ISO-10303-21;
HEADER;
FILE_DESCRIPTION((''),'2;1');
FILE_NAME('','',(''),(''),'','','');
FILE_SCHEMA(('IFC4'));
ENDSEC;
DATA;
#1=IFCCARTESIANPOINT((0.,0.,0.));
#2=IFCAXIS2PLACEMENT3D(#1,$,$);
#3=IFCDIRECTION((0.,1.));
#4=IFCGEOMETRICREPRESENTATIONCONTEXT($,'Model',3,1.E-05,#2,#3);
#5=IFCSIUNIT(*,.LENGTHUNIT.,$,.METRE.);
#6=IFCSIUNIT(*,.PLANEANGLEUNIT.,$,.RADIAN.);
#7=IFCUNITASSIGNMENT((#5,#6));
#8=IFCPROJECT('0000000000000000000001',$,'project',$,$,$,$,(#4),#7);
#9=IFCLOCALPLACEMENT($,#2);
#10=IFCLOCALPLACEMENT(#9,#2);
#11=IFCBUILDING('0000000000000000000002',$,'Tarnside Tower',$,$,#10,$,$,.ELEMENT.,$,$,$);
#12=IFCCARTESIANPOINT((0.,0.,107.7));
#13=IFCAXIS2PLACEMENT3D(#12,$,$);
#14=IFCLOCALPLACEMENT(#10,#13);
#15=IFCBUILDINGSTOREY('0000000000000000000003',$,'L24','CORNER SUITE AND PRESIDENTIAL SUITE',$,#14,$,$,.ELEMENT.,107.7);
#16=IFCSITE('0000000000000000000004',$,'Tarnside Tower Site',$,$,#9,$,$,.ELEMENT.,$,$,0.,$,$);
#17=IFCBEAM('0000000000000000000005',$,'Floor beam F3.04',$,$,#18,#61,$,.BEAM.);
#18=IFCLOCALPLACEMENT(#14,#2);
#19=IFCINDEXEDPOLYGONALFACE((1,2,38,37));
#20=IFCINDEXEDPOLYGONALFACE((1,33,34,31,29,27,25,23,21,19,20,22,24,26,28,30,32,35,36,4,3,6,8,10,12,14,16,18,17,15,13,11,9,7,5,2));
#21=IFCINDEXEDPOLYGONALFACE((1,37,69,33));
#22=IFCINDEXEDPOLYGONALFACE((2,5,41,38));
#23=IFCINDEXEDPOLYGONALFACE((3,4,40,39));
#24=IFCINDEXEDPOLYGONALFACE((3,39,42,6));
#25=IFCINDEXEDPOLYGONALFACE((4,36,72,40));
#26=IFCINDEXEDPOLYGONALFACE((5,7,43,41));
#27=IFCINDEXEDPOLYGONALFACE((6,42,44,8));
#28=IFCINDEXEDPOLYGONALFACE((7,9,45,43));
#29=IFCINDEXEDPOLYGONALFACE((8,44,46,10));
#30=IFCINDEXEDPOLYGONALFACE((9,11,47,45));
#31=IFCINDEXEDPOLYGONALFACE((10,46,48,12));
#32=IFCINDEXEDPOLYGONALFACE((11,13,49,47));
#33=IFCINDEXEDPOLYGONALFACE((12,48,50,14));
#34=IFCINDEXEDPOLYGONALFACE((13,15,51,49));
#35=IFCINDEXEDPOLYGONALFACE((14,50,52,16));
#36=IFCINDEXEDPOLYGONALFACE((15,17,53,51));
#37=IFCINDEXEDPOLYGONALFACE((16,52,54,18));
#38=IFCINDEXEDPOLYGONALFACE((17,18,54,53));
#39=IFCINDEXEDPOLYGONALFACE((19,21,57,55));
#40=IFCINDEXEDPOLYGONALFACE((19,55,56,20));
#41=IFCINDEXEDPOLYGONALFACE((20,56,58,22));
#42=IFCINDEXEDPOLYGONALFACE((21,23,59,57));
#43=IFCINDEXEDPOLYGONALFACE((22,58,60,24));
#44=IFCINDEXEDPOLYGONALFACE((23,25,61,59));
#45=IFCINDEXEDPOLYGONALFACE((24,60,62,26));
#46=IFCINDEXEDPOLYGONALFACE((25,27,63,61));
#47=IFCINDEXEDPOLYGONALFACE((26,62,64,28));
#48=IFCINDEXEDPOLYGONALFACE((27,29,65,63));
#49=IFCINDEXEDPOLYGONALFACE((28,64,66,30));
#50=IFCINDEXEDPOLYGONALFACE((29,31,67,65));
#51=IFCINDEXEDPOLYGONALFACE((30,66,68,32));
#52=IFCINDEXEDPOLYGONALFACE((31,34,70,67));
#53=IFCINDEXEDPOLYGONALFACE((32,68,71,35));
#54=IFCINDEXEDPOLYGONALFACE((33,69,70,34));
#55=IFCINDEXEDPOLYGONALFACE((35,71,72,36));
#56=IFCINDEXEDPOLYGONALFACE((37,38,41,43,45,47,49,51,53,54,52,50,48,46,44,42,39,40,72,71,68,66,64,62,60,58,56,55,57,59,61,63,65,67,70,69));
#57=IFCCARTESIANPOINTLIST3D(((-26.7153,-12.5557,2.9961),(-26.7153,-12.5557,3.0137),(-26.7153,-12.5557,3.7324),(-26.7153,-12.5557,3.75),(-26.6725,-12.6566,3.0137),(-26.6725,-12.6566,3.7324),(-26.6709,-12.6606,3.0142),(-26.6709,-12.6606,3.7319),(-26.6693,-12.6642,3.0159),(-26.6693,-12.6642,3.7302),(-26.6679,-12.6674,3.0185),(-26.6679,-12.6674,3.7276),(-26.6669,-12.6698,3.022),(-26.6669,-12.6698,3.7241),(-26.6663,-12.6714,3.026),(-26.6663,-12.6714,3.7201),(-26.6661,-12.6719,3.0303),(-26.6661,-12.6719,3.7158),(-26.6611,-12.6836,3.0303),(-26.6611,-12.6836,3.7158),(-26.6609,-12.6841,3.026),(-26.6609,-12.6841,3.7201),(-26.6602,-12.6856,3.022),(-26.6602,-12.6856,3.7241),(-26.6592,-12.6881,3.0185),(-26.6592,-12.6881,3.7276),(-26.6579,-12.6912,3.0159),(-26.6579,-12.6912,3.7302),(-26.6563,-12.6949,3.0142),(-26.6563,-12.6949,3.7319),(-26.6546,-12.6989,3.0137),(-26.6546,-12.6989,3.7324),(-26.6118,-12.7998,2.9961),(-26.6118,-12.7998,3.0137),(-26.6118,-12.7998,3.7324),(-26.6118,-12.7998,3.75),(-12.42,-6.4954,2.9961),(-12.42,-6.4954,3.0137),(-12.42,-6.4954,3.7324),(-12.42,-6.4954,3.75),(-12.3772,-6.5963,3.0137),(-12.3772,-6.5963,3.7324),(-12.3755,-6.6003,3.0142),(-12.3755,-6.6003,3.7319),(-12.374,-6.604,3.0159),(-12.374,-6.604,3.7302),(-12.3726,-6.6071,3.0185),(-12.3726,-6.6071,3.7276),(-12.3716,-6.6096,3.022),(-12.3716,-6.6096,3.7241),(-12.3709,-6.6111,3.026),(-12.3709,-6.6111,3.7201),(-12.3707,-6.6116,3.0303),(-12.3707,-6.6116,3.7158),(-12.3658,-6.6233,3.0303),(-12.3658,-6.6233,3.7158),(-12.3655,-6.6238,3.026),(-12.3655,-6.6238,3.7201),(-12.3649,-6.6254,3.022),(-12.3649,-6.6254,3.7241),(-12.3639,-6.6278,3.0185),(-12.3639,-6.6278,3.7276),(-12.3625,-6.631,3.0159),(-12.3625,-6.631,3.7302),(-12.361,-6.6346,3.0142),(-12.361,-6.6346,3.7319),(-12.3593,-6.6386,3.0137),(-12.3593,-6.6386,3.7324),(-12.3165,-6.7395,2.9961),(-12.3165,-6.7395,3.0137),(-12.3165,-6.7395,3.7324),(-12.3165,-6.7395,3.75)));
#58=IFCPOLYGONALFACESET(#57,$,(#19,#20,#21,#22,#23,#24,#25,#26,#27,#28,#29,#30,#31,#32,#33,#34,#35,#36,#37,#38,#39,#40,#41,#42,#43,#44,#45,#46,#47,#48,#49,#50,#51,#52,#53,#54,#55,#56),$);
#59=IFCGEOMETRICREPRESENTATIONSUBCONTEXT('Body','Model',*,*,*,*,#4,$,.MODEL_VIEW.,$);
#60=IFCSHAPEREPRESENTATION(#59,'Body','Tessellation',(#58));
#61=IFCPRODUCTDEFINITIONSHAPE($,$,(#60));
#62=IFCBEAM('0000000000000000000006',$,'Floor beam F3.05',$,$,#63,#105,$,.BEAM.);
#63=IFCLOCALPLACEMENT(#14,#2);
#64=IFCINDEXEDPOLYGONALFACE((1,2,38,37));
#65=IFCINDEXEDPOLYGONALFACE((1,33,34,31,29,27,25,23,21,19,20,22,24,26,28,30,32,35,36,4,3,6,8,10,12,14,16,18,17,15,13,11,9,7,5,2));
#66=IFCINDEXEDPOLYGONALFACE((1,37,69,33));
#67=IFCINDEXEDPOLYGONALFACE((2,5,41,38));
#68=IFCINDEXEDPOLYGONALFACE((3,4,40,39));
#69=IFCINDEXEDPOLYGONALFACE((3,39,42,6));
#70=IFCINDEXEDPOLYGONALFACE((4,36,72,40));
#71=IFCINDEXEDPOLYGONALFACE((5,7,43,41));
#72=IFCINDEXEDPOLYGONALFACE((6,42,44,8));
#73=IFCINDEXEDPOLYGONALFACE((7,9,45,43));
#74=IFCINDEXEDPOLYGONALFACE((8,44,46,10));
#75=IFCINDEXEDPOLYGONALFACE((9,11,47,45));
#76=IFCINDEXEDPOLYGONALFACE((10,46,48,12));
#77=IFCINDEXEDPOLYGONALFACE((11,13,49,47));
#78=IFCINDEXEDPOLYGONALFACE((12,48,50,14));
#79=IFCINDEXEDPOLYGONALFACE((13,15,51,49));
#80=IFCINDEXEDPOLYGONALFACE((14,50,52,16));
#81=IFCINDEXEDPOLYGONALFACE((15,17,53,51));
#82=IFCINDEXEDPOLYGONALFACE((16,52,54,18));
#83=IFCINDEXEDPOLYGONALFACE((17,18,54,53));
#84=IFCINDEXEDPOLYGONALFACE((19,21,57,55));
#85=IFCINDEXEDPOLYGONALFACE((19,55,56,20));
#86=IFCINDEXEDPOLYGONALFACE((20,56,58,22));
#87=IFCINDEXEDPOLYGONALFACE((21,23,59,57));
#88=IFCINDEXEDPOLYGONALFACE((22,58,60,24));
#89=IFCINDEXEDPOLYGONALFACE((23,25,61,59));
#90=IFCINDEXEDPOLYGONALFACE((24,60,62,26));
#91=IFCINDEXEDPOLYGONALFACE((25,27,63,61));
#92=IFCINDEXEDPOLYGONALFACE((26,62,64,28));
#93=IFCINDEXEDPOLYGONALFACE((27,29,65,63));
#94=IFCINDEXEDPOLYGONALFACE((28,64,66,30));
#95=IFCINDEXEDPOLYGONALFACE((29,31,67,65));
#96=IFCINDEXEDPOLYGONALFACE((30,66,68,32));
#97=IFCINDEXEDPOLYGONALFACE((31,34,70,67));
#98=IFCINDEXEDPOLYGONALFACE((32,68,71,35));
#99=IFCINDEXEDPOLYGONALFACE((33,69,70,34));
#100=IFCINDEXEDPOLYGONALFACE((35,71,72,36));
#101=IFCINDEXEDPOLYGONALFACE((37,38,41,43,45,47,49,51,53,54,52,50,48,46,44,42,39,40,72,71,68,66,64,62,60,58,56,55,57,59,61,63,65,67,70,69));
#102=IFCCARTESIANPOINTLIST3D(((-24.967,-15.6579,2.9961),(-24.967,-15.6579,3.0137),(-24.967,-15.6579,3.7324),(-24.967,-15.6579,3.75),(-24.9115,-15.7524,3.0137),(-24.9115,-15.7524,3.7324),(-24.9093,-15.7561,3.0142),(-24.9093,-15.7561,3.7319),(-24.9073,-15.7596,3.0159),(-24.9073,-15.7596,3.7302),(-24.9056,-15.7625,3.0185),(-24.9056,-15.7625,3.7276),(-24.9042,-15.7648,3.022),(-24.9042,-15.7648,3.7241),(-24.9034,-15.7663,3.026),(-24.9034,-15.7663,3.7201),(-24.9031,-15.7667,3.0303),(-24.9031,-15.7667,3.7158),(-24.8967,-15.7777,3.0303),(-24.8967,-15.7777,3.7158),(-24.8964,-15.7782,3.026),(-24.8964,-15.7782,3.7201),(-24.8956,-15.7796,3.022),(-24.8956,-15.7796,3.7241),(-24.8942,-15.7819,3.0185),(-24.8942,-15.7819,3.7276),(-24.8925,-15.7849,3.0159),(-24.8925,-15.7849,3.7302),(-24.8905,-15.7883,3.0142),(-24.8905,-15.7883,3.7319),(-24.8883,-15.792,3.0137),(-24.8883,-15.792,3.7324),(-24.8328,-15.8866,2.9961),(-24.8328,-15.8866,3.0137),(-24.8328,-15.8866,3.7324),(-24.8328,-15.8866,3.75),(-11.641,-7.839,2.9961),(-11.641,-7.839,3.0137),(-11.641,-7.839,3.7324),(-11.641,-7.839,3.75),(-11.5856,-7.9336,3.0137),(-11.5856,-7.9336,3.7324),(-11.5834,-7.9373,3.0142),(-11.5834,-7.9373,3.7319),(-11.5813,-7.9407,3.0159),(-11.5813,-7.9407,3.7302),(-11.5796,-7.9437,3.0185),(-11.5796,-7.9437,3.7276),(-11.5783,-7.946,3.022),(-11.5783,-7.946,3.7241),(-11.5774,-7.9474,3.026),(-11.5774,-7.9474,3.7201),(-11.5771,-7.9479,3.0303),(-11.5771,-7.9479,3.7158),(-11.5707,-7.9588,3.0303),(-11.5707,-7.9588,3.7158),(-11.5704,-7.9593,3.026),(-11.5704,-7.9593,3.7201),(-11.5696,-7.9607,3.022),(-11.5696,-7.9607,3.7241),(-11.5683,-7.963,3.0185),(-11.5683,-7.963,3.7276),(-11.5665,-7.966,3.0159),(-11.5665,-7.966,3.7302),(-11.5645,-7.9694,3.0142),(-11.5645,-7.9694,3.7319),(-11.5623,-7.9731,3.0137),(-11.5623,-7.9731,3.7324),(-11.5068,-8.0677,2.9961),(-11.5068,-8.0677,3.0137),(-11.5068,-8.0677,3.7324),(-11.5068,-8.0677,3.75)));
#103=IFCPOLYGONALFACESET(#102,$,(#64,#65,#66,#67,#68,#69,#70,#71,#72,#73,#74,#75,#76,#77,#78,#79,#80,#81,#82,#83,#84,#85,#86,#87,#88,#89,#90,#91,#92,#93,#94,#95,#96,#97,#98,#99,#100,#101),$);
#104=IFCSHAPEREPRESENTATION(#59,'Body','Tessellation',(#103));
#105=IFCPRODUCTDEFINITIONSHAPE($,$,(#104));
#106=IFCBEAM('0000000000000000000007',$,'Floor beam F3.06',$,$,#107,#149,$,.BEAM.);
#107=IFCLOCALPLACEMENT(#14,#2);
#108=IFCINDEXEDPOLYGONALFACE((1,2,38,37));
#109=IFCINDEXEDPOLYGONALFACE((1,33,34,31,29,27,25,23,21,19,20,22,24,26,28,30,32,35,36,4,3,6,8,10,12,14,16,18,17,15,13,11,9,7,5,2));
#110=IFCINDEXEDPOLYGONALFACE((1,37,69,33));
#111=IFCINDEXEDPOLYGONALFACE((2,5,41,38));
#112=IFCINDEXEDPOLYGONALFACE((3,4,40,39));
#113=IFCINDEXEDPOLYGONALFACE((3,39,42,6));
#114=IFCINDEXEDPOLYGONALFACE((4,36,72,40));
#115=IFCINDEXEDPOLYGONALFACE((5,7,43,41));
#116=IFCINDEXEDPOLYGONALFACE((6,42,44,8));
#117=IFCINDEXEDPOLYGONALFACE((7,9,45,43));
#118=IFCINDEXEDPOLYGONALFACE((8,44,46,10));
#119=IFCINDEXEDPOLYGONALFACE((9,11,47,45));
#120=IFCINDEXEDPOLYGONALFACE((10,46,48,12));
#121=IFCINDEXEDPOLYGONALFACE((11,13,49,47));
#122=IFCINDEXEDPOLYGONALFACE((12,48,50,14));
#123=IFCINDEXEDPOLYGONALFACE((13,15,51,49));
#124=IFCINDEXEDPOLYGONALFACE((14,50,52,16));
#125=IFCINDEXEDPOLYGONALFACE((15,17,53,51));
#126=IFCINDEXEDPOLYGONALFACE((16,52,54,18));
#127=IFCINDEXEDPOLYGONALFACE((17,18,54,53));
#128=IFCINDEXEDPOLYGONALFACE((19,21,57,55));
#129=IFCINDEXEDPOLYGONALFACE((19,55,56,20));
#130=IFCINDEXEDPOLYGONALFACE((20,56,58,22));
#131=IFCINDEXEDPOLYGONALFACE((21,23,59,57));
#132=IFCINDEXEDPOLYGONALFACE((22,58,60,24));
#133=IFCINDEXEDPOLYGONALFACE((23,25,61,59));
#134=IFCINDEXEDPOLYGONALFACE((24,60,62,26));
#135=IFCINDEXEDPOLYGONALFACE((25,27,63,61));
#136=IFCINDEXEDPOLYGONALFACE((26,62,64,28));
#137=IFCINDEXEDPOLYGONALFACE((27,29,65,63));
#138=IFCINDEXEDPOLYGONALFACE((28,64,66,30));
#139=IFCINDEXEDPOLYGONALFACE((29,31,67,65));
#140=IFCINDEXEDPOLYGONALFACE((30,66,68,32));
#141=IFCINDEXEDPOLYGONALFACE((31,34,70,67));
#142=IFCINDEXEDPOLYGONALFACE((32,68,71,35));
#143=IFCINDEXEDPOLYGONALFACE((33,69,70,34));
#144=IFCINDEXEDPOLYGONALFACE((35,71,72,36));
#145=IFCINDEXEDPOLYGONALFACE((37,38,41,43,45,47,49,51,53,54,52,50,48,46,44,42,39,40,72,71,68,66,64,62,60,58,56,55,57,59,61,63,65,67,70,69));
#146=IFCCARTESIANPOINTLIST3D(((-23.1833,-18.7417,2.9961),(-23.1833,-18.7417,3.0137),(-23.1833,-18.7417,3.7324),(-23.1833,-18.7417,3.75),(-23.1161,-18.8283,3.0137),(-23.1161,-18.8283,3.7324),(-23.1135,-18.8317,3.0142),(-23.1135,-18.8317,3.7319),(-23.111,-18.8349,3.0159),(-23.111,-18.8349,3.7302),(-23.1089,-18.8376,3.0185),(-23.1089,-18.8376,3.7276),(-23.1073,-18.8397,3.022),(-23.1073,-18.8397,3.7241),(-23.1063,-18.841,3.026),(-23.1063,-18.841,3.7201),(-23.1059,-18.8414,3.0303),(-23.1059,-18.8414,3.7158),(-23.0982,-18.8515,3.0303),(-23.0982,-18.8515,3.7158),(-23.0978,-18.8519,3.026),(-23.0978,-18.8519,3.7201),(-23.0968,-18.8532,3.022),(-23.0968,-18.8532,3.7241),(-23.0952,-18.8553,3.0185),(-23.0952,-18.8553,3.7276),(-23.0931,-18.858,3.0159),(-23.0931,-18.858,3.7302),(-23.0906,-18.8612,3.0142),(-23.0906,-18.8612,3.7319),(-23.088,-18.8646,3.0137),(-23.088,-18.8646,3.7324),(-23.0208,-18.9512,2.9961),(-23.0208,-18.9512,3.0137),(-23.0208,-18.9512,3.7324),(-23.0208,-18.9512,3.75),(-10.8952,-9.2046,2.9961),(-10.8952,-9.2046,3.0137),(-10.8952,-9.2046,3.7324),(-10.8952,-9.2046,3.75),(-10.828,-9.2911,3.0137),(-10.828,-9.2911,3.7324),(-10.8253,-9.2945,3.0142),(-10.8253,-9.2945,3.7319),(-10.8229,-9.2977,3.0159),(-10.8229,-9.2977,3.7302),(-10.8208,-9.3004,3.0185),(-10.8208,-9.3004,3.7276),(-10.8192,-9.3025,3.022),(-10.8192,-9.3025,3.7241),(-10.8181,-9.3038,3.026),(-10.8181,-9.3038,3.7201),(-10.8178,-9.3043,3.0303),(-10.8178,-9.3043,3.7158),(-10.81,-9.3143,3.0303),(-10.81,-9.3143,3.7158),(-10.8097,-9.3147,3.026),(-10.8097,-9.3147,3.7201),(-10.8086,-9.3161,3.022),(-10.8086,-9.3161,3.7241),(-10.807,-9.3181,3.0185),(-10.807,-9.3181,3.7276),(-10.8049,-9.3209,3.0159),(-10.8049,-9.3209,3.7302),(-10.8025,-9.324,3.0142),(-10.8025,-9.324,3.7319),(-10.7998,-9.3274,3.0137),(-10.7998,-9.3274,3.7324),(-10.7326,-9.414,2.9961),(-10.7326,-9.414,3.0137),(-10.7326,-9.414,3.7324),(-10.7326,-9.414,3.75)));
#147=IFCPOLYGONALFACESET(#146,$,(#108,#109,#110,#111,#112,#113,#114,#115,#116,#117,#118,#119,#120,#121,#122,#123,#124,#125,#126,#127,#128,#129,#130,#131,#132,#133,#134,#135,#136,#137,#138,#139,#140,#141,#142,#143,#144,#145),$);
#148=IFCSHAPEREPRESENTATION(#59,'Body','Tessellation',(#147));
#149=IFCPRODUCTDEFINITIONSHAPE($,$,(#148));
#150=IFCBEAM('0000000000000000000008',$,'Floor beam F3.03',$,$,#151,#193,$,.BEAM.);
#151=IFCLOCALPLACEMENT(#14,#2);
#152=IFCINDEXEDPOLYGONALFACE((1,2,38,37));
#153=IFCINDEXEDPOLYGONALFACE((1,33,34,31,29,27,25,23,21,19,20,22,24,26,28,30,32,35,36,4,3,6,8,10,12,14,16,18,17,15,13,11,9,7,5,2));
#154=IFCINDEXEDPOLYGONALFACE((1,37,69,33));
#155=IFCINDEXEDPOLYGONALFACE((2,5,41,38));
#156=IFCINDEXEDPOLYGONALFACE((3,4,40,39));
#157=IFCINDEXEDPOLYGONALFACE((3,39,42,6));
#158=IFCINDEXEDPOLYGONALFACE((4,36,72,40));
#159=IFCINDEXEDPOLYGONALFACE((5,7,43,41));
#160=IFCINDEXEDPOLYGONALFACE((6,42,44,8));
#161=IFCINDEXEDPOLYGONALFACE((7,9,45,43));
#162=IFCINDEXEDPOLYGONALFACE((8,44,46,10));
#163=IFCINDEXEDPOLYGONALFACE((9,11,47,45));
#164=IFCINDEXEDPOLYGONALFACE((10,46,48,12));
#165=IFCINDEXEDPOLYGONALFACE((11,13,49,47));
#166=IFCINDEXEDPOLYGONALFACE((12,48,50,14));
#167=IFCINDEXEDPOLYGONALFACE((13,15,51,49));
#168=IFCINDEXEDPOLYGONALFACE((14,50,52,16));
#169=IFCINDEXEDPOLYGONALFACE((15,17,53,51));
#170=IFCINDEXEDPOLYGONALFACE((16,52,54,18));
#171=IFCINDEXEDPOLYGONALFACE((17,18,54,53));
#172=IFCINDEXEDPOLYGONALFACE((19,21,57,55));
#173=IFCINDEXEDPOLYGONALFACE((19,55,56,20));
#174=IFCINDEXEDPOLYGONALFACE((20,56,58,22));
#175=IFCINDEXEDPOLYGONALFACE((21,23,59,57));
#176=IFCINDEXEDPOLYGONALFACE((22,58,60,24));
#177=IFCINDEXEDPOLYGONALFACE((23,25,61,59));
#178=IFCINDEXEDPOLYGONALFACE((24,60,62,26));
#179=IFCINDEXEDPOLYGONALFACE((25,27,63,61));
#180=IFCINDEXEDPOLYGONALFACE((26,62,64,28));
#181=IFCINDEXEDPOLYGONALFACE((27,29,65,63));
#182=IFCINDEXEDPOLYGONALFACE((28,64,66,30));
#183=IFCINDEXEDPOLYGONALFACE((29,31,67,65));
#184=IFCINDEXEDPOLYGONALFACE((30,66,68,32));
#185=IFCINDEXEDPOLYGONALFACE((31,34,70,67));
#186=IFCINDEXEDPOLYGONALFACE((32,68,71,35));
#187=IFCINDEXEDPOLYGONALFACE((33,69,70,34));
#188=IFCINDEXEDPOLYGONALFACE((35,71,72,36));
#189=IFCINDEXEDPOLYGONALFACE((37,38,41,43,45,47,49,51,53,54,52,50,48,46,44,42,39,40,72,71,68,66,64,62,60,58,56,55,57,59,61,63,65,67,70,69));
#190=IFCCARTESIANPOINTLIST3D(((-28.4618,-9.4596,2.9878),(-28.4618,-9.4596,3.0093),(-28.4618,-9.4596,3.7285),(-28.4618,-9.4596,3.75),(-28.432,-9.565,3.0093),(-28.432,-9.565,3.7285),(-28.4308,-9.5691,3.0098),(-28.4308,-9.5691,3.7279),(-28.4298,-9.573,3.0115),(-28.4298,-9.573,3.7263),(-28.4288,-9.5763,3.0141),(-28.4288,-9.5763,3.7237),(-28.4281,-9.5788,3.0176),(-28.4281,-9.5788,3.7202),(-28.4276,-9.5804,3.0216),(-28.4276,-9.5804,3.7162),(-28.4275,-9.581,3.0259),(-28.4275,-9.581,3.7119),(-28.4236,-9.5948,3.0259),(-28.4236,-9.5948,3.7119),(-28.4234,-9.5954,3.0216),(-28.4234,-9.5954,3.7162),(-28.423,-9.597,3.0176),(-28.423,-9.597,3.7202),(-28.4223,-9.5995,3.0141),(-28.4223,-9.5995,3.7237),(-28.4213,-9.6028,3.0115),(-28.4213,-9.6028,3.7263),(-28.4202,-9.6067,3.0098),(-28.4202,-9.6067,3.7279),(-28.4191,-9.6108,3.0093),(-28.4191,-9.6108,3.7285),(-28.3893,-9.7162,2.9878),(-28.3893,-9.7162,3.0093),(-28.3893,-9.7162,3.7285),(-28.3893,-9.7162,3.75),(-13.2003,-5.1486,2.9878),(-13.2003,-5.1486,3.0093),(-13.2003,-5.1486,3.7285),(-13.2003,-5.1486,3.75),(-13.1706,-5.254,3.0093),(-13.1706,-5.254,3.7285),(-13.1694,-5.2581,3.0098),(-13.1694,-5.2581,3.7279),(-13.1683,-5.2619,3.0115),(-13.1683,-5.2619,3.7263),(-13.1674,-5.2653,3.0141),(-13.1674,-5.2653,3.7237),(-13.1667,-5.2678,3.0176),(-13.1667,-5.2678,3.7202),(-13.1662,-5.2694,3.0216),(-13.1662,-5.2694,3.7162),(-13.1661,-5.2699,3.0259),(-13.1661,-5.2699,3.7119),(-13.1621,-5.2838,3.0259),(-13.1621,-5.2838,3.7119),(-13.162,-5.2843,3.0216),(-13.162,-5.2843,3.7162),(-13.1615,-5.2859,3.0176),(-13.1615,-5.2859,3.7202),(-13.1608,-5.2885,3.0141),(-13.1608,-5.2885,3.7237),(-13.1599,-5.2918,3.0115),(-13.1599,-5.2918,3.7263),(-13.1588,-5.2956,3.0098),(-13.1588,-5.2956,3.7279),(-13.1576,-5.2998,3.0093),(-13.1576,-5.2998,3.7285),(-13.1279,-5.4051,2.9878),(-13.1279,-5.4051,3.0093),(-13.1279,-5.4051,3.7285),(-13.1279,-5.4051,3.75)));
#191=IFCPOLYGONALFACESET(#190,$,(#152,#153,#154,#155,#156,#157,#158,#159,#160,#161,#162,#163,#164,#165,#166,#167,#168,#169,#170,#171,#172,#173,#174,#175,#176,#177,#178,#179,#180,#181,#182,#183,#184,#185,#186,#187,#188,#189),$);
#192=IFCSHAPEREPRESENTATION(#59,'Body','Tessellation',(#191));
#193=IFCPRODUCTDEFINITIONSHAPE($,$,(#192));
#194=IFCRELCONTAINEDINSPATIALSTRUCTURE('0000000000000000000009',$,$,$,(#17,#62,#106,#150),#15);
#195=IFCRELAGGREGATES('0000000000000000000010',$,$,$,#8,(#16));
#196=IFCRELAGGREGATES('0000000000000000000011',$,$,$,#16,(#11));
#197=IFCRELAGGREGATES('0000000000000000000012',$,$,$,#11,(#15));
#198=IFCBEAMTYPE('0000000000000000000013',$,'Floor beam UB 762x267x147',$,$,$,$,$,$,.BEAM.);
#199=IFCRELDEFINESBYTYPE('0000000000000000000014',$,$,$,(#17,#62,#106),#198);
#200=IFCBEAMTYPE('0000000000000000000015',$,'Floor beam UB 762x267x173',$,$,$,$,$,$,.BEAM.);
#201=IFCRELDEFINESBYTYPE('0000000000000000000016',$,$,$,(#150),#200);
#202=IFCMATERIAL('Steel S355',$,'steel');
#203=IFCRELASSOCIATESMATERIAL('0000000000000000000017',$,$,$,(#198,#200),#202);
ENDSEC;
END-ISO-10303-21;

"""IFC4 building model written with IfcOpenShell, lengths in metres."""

from ifc_helpers import new_model, si_unit, direction, frame, origin, origin_2d, place, context, subcontext, project, spatial, i_section, extrude, material, material_profile, profile_set, type_object, element, save


model = new_model("IFC4")

# Units and contexts
model_context = context("Model", 3, precision=1e-05, world=origin(), true_north=direction((0.0, 1.0)))
body_context = subcontext(model_context, "Body", "Model", "MODEL_VIEW")
ifc_project = project(units=[si_unit("LENGTHUNIT", "METRE"), si_unit("PLANEANGLEUNIT", "RADIAN")], contexts=[model_context])

# Site, building, storey
site_placement = place(None, origin())
site = spatial("IfcSite", under=ifc_project, at=site_placement, Name="Tarnside Tower Site", CompositionType="ELEMENT", RefElevation=0.0)
building_placement = place(site_placement, origin())
building = spatial("IfcBuilding", under=site, at=building_placement, Name="Tarnside Tower", CompositionType="ELEMENT")
storey_placement = place(building_placement, frame((0.0, 0.0, 107.7)))
storey = spatial("IfcBuildingStorey", under=building, at=storey_placement, Name="L24", Description="CORNER SUITE AND PRESIDENTIAL SUITE", CompositionType="ELEMENT", Elevation=107.7)

# Beams
ifc_material_1 = material(Name="Steel S355", Category="steel")
ifc_material_profile_1 = material_profile(ifc_material_1, i_section(OverallWidth=0.2651, OverallDepth=0.7539, WebThickness=0.0127, FlangeThickness=0.0176, FilletRadius=0.0166, at=origin_2d()), Name="UB 762x267x147")
ifc_profile_set_1 = profile_set([ifc_material_profile_1], Name="Steel S355")
beam_type_1 = type_object("IfcBeamType", Name="Floor beam UB 762x267x147", PredefinedType="BEAM", material=ifc_profile_set_1)
beam_1_placement = place(storey_placement, frame((-26.6636, -12.6777, 3.373), z_axis=(0.920684, 0.390309, 0.0), x_axis=(-0.390309, 0.920684, 0.0)))
element("IfcBeam", 1, at=beam_1_placement, inside=storey, type_object=beam_type_1, Name="Floor beam F3.04", PredefinedType="BEAM", context=body_context, shape_type="SweptSolid", body=[
    extrude(i_section(OverallWidth=0.2651, OverallDepth=0.7539, WebThickness=0.0127, FlangeThickness=0.0176, FilletRadius=0.0166, at=origin_2d()), origin(), (0.0, 0.0, 1.0), 15.5269),
])
beam_2_placement = place(storey_placement, frame((-24.8999, -15.7722, 3.373), z_axis=(0.862498, 0.506061, 0.0), x_axis=(-0.506061, 0.862498, 0.0)))
element("IfcBeam", 2, at=beam_2_placement, inside=storey, type_object=beam_type_1, Name="Floor beam F3.05", PredefinedType="BEAM", context=body_context, shape_type="SweptSolid", body=[
    extrude(i_section(OverallWidth=0.2651, OverallDepth=0.7539, WebThickness=0.0127, FlangeThickness=0.0176, FilletRadius=0.0166, at=origin_2d()), origin(), (0.0, 0.0, 1.0), 15.4504),
])
beam_3_placement = place(storey_placement, frame((-23.1021, -18.8464, 3.373), z_axis=(0.789984, 0.613128, 0.0), x_axis=(-0.613128, 0.789984, 0.0)))
element("IfcBeam", 3, at=beam_3_placement, inside=storey, type_object=beam_type_1, Name="Floor beam F3.06", PredefinedType="BEAM", context=body_context, shape_type="SweptSolid", body=[
    extrude(i_section(OverallWidth=0.2651, OverallDepth=0.7539, WebThickness=0.0127, FlangeThickness=0.0176, FilletRadius=0.0166, at=origin_2d()), origin(), (0.0, 0.0, 1.0), 15.5549),
])
ifc_material_profile_2 = material_profile(ifc_material_1, i_section(OverallWidth=0.2666, OverallDepth=0.7622, WebThickness=0.0144, FlangeThickness=0.0215, FilletRadius=0.0166, at=origin_2d()), Name="UB 762x267x173")
ifc_profile_set_2 = profile_set([ifc_material_profile_2], Name="Steel S355")
beam_type_2 = type_object("IfcBeamType", Name="Floor beam UB 762x267x173", PredefinedType="BEAM", material=ifc_profile_set_2)
beam_4_placement = place(storey_placement, frame((-28.4255, -9.5879, 3.3689), z_axis=(0.962342, 0.271841, 0.0), x_axis=(-0.271841, 0.962342, 0.0)))
element("IfcBeam", 4, at=beam_4_placement, inside=storey, type_object=beam_type_2, Name="Floor beam F3.03", PredefinedType="BEAM", context=body_context, shape_type="SweptSolid", body=[
    extrude(i_section(OverallWidth=0.2666, OverallDepth=0.7622, WebThickness=0.0144, FlangeThickness=0.0215, FilletRadius=0.0166, at=origin_2d()), origin(), (0.0, 0.0, 1.0), 15.8586),
])

save(model, "model.ifc")
